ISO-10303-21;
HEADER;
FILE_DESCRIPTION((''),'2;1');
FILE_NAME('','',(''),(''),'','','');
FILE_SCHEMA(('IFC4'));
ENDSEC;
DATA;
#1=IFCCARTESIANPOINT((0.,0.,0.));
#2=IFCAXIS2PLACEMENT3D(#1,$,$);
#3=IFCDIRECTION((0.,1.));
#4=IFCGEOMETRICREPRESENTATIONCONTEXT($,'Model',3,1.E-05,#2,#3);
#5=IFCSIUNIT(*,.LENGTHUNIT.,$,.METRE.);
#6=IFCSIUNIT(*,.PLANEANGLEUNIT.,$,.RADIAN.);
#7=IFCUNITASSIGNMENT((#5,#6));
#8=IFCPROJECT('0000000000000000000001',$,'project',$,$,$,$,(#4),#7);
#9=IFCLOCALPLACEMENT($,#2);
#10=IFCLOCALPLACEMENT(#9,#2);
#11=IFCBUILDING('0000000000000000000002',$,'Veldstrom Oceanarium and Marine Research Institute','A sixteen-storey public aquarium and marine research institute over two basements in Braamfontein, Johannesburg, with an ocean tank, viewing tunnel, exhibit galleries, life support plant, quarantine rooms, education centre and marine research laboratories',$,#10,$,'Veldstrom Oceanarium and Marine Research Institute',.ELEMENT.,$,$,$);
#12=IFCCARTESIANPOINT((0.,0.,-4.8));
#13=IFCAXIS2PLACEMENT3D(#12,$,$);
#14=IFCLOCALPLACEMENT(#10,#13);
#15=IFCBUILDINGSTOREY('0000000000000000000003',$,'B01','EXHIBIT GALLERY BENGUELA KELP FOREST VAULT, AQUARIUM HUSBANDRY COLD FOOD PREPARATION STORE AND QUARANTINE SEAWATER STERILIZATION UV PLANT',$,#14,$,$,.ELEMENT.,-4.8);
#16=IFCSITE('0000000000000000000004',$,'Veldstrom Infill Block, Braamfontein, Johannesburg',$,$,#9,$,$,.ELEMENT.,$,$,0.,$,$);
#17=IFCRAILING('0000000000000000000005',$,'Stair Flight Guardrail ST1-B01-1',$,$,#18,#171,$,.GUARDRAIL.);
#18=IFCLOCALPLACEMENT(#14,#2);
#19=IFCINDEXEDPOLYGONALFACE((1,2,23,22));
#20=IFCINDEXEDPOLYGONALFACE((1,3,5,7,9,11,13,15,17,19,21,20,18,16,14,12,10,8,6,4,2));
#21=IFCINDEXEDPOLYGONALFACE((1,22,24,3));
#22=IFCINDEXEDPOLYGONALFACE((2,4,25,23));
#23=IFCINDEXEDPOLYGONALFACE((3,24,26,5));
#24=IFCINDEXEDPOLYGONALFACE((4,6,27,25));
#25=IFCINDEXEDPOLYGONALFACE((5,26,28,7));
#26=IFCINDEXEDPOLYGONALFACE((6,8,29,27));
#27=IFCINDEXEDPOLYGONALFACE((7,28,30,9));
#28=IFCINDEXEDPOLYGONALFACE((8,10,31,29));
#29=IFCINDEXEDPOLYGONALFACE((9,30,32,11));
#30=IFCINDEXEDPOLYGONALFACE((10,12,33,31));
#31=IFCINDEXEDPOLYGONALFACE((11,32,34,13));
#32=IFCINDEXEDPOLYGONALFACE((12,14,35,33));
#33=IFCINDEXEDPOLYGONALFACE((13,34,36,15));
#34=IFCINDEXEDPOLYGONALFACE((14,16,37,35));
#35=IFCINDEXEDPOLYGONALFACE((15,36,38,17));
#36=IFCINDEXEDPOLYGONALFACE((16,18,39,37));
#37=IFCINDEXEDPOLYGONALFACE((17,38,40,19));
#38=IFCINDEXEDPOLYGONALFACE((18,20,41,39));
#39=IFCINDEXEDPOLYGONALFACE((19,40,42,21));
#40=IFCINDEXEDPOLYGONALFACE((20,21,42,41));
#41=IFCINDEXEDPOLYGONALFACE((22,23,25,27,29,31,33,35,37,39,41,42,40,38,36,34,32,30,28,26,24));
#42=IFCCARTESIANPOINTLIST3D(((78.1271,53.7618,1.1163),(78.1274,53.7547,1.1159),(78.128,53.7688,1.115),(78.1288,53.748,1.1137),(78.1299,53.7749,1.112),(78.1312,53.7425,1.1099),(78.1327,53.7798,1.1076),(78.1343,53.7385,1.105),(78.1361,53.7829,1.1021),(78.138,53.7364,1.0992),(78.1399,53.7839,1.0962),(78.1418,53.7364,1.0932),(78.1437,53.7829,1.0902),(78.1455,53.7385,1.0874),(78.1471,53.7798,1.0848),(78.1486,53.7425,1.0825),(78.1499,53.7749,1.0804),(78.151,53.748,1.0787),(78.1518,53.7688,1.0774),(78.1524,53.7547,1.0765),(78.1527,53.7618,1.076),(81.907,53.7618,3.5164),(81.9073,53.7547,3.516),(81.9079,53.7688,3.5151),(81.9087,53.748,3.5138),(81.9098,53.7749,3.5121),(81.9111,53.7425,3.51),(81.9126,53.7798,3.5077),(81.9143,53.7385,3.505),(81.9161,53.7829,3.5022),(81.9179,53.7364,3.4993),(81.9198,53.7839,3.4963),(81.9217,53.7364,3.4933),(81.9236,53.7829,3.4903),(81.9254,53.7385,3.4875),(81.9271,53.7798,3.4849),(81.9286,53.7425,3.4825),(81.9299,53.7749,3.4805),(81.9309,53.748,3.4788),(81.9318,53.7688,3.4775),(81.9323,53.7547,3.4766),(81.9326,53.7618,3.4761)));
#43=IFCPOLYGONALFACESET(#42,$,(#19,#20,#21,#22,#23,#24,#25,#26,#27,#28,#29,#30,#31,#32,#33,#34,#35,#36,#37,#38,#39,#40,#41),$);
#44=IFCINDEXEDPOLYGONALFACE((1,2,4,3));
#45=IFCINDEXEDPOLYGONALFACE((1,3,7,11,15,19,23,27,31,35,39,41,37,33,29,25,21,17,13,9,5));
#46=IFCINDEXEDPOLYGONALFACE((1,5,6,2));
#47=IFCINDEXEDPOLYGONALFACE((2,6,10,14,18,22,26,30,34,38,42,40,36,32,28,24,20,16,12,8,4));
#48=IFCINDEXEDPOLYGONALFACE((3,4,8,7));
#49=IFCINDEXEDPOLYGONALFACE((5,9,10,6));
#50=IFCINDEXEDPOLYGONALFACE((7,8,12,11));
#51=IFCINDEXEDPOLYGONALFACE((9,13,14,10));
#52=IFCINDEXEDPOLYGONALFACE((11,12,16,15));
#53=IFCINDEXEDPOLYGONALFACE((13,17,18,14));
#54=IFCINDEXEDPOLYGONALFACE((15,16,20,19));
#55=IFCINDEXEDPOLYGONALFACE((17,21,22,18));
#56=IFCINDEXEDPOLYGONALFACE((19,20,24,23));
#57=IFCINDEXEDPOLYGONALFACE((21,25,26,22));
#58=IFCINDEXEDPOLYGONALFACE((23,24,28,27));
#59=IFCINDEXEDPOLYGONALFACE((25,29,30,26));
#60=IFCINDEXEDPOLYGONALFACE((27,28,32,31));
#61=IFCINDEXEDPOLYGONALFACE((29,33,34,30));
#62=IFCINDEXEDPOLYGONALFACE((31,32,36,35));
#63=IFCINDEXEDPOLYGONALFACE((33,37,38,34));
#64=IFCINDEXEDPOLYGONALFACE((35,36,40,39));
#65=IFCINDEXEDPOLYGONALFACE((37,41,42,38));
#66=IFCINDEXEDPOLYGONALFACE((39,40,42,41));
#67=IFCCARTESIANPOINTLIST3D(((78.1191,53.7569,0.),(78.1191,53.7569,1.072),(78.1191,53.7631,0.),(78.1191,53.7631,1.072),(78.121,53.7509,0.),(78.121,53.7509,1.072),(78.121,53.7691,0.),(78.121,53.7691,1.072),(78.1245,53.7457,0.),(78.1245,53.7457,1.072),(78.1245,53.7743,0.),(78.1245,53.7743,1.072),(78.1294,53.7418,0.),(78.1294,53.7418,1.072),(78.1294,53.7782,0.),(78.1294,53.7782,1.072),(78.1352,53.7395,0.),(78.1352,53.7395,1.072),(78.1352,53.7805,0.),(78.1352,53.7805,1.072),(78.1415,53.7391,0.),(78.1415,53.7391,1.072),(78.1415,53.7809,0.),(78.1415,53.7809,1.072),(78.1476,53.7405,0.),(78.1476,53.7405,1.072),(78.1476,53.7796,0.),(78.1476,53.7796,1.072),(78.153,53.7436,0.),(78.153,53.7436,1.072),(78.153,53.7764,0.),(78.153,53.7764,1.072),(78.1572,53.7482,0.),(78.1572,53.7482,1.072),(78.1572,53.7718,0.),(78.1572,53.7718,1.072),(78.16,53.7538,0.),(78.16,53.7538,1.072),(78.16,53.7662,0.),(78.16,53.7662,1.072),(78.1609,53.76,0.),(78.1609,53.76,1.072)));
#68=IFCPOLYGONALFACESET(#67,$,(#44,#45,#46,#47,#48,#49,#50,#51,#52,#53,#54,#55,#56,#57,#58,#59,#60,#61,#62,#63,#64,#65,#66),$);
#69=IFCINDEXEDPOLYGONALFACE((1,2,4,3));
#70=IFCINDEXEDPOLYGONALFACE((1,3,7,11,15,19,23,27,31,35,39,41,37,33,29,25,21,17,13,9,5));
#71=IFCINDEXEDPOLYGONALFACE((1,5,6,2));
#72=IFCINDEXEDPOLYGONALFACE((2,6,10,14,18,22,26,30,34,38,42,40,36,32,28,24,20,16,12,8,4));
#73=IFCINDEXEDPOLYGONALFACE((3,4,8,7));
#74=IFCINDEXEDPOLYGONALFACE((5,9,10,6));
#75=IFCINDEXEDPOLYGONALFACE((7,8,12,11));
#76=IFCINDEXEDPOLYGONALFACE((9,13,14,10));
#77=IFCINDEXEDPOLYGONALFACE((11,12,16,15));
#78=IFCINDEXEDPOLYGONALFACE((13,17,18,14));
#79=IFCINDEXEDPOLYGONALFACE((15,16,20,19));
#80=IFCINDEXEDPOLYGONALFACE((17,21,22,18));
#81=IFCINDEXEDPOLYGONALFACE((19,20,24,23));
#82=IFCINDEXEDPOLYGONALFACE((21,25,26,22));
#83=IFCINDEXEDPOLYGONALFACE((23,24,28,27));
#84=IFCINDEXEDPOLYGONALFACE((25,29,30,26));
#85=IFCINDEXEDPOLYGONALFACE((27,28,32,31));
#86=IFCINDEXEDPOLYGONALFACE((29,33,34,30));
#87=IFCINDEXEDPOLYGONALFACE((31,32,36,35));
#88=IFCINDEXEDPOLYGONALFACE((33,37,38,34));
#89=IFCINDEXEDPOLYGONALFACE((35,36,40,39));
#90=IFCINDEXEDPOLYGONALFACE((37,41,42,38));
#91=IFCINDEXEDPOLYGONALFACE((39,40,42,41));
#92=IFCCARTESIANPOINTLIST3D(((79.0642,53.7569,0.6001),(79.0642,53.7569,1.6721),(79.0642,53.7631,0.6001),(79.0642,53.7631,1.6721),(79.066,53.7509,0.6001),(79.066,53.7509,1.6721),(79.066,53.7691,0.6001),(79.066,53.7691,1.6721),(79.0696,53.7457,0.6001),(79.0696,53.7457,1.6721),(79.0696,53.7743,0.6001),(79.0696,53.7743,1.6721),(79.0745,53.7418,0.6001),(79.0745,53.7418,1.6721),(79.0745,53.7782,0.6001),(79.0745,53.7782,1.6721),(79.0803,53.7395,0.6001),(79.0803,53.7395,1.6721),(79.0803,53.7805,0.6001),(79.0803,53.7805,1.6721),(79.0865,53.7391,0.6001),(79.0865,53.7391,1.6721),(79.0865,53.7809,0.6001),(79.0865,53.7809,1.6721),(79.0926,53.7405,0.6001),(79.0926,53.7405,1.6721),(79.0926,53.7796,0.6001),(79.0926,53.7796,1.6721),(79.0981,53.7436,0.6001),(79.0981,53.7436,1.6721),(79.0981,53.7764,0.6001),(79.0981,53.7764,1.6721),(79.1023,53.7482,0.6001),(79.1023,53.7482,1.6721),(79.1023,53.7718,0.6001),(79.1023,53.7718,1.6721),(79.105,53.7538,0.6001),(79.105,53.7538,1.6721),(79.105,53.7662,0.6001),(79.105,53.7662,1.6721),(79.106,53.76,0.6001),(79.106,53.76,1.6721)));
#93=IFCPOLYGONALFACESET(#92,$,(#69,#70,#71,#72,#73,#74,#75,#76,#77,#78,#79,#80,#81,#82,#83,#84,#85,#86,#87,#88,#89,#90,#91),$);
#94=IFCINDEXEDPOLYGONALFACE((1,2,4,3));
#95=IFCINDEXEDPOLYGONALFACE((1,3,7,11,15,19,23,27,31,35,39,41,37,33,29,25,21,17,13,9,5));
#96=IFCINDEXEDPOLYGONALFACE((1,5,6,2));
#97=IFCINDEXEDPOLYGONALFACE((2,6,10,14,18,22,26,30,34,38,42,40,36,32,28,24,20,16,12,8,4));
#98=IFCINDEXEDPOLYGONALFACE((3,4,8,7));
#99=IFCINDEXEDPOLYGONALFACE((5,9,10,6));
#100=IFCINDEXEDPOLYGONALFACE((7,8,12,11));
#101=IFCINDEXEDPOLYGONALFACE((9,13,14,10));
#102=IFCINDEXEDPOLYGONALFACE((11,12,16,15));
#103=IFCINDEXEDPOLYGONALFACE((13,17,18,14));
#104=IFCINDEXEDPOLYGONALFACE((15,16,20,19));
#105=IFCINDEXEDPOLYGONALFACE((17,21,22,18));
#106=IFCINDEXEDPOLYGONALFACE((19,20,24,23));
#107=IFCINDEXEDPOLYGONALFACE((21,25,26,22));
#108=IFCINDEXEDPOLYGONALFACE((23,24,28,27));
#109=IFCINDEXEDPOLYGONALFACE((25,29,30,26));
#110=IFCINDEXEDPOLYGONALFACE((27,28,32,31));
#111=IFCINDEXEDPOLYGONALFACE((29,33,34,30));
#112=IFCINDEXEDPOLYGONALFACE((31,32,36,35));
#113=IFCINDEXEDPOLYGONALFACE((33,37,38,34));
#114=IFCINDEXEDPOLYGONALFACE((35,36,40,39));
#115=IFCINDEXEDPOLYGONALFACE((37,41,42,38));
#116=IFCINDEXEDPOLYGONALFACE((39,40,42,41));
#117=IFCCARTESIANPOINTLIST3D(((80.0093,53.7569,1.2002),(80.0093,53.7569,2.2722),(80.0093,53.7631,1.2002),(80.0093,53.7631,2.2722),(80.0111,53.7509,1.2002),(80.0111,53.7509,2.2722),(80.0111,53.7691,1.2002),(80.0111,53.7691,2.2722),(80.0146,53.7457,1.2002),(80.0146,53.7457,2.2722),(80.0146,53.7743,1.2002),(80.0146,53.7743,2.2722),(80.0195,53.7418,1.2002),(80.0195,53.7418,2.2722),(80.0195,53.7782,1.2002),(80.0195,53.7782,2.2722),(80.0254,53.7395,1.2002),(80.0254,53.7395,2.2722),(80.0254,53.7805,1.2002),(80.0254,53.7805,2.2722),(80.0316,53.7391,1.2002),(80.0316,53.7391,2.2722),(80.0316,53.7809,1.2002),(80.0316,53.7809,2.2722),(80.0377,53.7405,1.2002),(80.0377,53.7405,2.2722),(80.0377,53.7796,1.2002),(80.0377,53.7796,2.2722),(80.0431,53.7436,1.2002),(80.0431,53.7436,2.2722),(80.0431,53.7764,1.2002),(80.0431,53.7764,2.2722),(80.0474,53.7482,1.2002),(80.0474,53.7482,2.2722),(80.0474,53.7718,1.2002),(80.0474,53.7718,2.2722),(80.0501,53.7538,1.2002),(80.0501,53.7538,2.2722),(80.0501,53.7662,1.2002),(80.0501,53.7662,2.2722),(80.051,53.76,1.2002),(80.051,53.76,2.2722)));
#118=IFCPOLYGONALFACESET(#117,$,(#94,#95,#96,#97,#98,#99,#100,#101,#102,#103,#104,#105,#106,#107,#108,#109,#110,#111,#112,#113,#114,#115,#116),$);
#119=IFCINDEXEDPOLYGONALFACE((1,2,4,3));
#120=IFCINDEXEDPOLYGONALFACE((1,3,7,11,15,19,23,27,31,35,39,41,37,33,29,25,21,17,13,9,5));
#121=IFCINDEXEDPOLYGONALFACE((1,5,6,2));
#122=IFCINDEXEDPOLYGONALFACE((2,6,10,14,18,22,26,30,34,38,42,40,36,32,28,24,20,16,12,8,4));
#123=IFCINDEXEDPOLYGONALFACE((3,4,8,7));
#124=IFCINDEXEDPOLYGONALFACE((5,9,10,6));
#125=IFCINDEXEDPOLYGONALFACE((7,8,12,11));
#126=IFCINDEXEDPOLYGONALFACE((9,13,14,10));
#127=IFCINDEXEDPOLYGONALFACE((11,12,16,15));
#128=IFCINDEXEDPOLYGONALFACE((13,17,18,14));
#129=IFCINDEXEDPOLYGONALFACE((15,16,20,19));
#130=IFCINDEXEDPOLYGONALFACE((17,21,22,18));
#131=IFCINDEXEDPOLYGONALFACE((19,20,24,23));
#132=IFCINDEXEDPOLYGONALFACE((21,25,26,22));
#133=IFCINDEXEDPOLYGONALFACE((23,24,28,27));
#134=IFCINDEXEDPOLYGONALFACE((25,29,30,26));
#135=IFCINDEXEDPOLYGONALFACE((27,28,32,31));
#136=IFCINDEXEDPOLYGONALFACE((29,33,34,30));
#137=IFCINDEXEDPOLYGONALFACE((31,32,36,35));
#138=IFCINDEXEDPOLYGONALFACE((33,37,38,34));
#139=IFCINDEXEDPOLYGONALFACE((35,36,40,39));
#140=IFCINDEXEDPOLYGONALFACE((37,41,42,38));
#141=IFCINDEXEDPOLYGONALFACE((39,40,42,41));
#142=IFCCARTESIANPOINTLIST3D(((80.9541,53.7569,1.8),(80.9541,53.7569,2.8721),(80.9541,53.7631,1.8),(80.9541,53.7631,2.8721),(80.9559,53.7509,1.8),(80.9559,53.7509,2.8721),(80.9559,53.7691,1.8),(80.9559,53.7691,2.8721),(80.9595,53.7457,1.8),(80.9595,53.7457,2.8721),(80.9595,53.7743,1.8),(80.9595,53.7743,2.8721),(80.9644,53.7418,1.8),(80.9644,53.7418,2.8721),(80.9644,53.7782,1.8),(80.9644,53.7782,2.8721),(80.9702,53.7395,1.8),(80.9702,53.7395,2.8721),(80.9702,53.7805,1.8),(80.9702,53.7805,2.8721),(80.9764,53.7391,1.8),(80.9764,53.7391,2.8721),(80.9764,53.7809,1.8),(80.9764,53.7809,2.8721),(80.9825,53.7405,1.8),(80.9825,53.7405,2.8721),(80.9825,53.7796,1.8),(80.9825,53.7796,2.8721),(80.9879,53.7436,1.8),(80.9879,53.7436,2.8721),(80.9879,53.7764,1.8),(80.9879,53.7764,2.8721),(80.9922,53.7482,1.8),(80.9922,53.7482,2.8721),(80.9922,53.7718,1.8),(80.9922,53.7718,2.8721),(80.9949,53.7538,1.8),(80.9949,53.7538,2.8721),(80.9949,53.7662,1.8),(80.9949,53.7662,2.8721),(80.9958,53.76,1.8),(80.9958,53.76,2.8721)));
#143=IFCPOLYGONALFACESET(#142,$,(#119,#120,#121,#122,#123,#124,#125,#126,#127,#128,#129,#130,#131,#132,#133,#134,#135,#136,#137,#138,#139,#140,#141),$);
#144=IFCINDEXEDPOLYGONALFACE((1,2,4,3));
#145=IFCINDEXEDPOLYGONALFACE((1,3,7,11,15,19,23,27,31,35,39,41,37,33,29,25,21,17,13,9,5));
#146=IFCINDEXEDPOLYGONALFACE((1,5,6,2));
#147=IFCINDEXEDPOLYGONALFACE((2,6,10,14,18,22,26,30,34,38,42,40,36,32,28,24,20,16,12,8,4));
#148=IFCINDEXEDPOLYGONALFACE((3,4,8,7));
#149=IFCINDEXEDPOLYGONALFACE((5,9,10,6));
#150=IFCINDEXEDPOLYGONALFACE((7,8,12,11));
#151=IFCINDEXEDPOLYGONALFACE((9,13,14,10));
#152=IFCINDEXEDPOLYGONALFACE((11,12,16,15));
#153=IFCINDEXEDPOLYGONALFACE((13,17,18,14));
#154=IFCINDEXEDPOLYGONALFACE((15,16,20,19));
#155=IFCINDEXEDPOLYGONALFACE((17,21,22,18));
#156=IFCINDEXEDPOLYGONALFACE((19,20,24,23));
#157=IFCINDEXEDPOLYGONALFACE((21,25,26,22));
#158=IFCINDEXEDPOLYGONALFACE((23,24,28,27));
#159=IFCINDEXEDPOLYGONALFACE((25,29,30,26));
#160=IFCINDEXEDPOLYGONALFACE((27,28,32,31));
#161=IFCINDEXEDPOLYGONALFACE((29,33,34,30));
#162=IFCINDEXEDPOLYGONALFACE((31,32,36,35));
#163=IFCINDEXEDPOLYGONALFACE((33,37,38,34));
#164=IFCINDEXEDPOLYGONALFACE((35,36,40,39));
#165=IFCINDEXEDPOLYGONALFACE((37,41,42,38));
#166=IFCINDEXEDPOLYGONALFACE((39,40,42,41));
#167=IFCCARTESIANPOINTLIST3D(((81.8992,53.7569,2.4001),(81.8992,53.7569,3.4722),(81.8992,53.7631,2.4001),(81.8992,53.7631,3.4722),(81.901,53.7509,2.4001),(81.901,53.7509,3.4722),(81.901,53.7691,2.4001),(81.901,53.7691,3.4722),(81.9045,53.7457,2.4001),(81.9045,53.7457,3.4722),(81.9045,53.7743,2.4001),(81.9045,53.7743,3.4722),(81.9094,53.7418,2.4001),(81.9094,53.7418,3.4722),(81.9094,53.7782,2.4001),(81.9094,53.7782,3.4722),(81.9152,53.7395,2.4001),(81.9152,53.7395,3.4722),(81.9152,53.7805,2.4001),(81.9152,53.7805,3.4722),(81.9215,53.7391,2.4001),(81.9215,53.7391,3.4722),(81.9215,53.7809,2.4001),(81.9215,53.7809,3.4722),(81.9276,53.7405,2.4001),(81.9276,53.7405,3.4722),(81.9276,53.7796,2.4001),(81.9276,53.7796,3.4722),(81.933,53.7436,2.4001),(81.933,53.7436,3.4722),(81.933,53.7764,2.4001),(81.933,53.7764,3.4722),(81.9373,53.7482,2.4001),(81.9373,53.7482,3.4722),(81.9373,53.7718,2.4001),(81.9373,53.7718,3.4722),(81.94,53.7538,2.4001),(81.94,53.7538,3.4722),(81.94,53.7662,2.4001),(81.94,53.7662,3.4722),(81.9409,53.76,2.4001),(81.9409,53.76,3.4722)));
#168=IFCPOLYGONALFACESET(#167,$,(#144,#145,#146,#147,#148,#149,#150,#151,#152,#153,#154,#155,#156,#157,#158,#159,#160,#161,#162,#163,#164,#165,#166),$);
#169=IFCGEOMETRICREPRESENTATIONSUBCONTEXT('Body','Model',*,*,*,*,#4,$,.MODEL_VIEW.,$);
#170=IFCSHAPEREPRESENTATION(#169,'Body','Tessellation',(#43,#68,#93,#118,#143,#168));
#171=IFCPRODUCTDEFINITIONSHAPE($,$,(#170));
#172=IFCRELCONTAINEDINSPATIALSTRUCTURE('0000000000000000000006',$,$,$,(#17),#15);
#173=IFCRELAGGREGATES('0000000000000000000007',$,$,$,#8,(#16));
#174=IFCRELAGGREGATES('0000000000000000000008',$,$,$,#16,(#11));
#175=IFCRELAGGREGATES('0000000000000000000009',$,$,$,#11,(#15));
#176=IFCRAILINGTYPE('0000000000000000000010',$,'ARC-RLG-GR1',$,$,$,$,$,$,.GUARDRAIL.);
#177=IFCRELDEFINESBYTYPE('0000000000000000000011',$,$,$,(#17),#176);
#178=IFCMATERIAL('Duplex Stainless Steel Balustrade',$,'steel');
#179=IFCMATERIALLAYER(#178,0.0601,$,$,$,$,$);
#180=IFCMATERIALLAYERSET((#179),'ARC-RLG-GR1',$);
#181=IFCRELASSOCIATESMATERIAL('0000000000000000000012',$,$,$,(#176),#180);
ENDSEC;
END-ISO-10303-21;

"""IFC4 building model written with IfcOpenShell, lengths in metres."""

from ifc_helpers import new_model, si_unit, direction, frame, origin, origin_2d, place, context, subcontext, project, spatial, circle, extrude, material, layer, layer_set, type_object, element, save


model = new_model("IFC4")

# Units and contexts
model_context = context("Model", 3, precision=1e-05, world=origin(), true_north=direction((0.0, 1.0)))
body_context = subcontext(model_context, "Body", "Model", "MODEL_VIEW")
ifc_project = project(units=[si_unit("LENGTHUNIT", "METRE"), si_unit("PLANEANGLEUNIT", "RADIAN")], contexts=[model_context])

# Site, building, storey
site_placement = place(None, origin())
site = spatial("IfcSite", under=ifc_project, at=site_placement, Name="Veldstrom Infill Block, Braamfontein, Johannesburg", CompositionType="ELEMENT", RefElevation=0.0)
building_placement = place(site_placement, origin())
building = spatial("IfcBuilding", under=site, at=building_placement, Name="Veldstrom Oceanarium and Marine Research Institute", Description="A sixteen-storey public aquarium and marine research institute over two basements in Braamfontein, Johannesburg, with an ocean tank, viewing tunnel, exhibit galleries, life support plant, quarantine rooms, education centre and marine research laboratories", LongName="Veldstrom Oceanarium and Marine Research Institute", CompositionType="ELEMENT")
storey_placement = place(building_placement, frame((0.0, 0.0, -4.8)))
storey = spatial("IfcBuildingStorey", under=building, at=storey_placement, Name="B01", Description="EXHIBIT GALLERY BENGUELA KELP FOREST VAULT, AQUARIUM HUSBANDRY COLD FOOD PREPARATION STORE AND QUARANTINE SEAWATER STERILIZATION UV PLANT", CompositionType="ELEMENT", Elevation=-4.8)

# Railing
ifc_material_1 = material(Name="Duplex Stainless Steel Balustrade", Category="steel")
ifc_layer_1 = layer(ifc_material_1, 0.0601)
ifc_layer_set_1 = layer_set([ifc_layer_1], Name="ARC-RLG-GR1")
railing_type_1 = type_object("IfcRailingType", Name="ARC-RLG-GR1", PredefinedType="GUARDRAIL", material=ifc_layer_set_1)
railing_1_placement = place(storey_placement, frame((78.1399, 53.76, 0.0)))
element("IfcRailing", 1, at=railing_1_placement, inside=storey, type_object=railing_type_1, Name="Stair Flight Guardrail ST1-B01-1", PredefinedType="GUARDRAIL", context=body_context, shape_type="SweptSolid", body=[
    extrude(circle(Radius=0.0239, at=origin_2d()), frame((0.0, 0.0, 1.0962), z_axis=(0.8442, 0.0, 0.536028), x_axis=(0.0, 1.0, 0.0)), (0.0, 0.0, 1.0), 4.4775),
    extrude(circle(Radius=0.021, at=origin_2d()), origin(), (0.0, 0.0, 1.0), 1.072),
    extrude(circle(Radius=0.021, at=origin_2d()), frame((0.9451, 0.0, 0.6001)), (0.0, 0.0, 1.0), 1.072),
    extrude(circle(Radius=0.021, at=origin_2d()), frame((1.8901, 0.0, 1.2002)), (0.0, 0.0, 1.0), 1.072),
    extrude(circle(Radius=0.021, at=origin_2d()), frame((2.835, 0.0, 1.8)), (0.0, 0.0, 1.0), 1.072),
    extrude(circle(Radius=0.021, at=origin_2d()), frame((3.78, 0.0, 2.4001)), (0.0, 0.0, 1.0), 1.072),
])

save(model, "model.ifc")
